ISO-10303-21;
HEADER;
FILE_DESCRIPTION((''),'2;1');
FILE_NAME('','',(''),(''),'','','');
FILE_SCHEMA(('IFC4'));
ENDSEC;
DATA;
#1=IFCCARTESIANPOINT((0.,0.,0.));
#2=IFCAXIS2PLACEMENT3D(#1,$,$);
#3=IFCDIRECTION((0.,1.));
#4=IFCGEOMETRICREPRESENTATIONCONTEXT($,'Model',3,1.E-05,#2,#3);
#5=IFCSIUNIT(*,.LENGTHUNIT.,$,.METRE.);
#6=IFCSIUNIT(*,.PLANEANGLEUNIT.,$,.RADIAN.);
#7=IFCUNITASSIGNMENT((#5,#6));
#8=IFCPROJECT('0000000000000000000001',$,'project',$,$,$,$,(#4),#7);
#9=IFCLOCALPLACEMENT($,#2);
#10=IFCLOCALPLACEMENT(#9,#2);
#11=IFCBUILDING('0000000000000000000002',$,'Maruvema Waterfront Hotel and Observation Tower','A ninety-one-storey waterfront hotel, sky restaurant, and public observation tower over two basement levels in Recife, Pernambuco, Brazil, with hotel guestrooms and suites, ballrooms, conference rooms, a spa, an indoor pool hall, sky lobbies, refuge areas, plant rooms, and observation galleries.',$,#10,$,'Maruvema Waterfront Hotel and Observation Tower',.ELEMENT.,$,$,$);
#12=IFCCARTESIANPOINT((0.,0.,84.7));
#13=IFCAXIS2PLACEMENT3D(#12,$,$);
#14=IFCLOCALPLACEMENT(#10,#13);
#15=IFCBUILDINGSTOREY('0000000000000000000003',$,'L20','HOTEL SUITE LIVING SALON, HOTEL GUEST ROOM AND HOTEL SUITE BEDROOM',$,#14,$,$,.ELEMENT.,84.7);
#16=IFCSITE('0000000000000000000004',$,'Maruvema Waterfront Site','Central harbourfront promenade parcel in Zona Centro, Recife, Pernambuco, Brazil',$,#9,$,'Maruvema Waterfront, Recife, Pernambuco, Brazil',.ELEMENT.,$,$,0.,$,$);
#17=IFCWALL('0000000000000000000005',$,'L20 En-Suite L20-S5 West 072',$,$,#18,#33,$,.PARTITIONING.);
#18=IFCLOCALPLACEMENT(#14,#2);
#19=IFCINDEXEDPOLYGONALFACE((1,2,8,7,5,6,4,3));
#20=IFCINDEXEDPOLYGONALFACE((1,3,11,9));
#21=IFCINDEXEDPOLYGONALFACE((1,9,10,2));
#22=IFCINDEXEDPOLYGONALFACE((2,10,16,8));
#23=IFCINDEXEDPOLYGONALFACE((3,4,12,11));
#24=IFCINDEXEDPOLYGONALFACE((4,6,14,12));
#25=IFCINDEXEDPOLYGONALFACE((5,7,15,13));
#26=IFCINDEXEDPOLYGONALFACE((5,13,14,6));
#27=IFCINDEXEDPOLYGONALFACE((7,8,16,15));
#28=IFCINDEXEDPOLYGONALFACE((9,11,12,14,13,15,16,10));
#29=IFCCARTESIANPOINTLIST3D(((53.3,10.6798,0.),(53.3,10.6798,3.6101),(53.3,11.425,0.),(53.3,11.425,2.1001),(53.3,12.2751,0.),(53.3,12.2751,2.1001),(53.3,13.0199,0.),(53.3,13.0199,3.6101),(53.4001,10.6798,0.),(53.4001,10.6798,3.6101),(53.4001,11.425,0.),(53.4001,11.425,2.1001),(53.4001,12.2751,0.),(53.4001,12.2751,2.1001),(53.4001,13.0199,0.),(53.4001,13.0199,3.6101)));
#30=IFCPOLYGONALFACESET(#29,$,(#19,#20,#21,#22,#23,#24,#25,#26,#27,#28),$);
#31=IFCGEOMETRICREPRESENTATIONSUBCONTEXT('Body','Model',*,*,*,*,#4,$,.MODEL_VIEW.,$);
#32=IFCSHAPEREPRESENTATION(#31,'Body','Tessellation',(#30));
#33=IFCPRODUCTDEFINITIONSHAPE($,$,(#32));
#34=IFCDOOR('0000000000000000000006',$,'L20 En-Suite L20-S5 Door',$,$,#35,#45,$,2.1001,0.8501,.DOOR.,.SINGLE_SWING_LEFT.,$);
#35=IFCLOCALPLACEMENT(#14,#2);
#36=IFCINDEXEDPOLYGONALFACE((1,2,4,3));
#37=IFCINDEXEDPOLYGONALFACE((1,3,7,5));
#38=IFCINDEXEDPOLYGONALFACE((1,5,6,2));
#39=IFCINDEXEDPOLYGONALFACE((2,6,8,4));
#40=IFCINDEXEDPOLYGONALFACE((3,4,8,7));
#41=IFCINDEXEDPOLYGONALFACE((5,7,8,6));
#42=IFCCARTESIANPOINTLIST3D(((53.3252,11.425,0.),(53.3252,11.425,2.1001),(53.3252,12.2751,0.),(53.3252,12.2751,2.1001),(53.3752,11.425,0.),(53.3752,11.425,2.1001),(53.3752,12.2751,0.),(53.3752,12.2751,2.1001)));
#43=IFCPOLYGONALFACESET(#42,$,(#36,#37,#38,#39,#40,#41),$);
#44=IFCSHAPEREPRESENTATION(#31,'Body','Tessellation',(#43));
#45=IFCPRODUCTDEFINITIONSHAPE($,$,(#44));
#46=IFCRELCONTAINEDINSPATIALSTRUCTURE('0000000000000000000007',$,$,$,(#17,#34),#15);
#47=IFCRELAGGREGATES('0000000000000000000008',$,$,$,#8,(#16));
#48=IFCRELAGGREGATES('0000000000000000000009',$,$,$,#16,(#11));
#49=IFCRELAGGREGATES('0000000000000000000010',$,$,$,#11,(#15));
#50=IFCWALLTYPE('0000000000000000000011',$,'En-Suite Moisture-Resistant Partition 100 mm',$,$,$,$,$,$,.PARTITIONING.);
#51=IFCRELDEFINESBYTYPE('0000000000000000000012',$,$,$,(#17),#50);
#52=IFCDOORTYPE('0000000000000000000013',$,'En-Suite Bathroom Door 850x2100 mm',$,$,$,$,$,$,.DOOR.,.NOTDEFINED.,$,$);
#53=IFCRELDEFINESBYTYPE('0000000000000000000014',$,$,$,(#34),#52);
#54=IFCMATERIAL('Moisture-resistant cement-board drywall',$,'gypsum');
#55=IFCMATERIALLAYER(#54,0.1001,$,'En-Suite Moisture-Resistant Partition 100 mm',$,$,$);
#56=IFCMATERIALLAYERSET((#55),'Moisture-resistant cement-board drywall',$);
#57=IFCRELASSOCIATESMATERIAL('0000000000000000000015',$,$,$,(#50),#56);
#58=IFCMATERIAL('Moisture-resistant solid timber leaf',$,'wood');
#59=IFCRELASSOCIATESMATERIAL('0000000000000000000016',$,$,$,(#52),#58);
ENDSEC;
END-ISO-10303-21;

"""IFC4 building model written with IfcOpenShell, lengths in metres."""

from ifc_helpers import new_model, si_unit, direction, frame, frame_2d, origin, place, context, subcontext, project, spatial, rectangle, extrude, material, layer, layer_set, type_object, element, fill, save


model = new_model("IFC4")

# Units and contexts
model_context = context("Model", 3, precision=1e-05, world=origin(), true_north=direction((0.0, 1.0)))
body_context = subcontext(model_context, "Body", "Model", "MODEL_VIEW")
ifc_project = project(units=[si_unit("LENGTHUNIT", "METRE"), si_unit("PLANEANGLEUNIT", "RADIAN")], contexts=[model_context])

# Site, building, storey
site_placement = place(None, origin())
site = spatial("IfcSite", under=ifc_project, at=site_placement, Name="Maruvema Waterfront Site", Description="Central harbourfront promenade parcel in Zona Centro, Recife, Pernambuco, Brazil", LongName="Maruvema Waterfront, Recife, Pernambuco, Brazil", CompositionType="ELEMENT", RefElevation=0.0)
building_placement = place(site_placement, origin())
building = spatial("IfcBuilding", under=site, at=building_placement, Name="Maruvema Waterfront Hotel and Observation Tower", Description="A ninety-one-storey waterfront hotel, sky restaurant, and public observation tower over two basement levels in Recife, Pernambuco, Brazil, with hotel guestrooms and suites, ballrooms, conference rooms, a spa, an indoor pool hall, sky lobbies, refuge areas, plant rooms, and observation galleries.", LongName="Maruvema Waterfront Hotel and Observation Tower", CompositionType="ELEMENT")
storey_placement = place(building_placement, frame((0.0, 0.0, 84.7)))
storey = spatial("IfcBuildingStorey", under=building, at=storey_placement, Name="L20", Description="HOTEL SUITE LIVING SALON, HOTEL GUEST ROOM AND HOTEL SUITE BEDROOM", CompositionType="ELEMENT", Elevation=84.7)

# Shared definitions
ifc_material_1 = material(Name="Moisture-resistant cement-board drywall", Category="gypsum")
ifc_layer_1 = layer(ifc_material_1, 0.1001, Name="En-Suite Moisture-Resistant Partition 100 mm")
ifc_layer_set_1 = layer_set([ifc_layer_1], Name="Moisture-resistant cement-board drywall")
wall_type_1 = type_object("IfcWallType", Name="En-Suite Moisture-Resistant Partition 100 mm", PredefinedType="PARTITIONING", material=ifc_layer_set_1)
ifc_material_2 = material(Name="Moisture-resistant solid timber leaf", Category="wood")
door_type_1 = type_object("IfcDoorType", Name="En-Suite Bathroom Door 850x2100 mm", OperationType="NOTDEFINED", PredefinedType="DOOR", material=ifc_material_2)

# Wall, opening, door
wall_1_placement = place(storey_placement, frame((53.3501, 10.6799, 0.0), z_axis=(0.0, 0.0, 1.0), x_axis=(0.0, 1.0, 0.0)))
wall_1 = element("IfcWall", 1, at=wall_1_placement, inside=storey, type_object=wall_type_1, Name="L20 En-Suite L20-S5 West 072", PredefinedType="PARTITIONING", context=body_context, shape_type="SweptSolid", body=[
    extrude(rectangle(XDim=2.3401, YDim=0.1001, at=frame_2d((1.1699, 0.0))), origin(), (0.0, 0.0, 1.0), 3.6101),
])
opening_1_placement = place(wall_1_placement, frame((0.7451, 0.0, 0.0)))
opening_1 = element("IfcOpeningElement", 2, at=opening_1_placement, cuts=wall_1, PredefinedType="OPENING", context=body_context, shape_type="SweptSolid", body=[
    extrude(rectangle(XDim=0.8501, YDim=2.1001, at=frame_2d((0.425, 1.05))), frame((0.0, 0.0601, 0.0), z_axis=(0.0, -1.0, 0.0), x_axis=(1.0, 0.0, 0.0)), (0.0, 0.0, 1.0), 0.1201),
])
door_1_placement = place(opening_1_placement, origin())
door_1 = element("IfcDoor", 3, at=door_1_placement, inside=storey, type_object=door_type_1, Name="L20 En-Suite L20-S5 Door", OperationType="SINGLE_SWING_LEFT", OverallHeight=2.1001, OverallWidth=0.8501, PredefinedType="DOOR", context=body_context, shape_type="SweptSolid", body=[
    extrude(rectangle(XDim=0.8501, YDim=2.1001, at=frame_2d((0.425, 1.05))), frame((0.0, 0.0249, 0.0), z_axis=(0.0, -1.0, 0.0), x_axis=(1.0, 0.0, 0.0)), (0.0, 0.0, 1.0), 0.05),
])
fill(opening_1, door_1)

save(model, "model.ifc")
